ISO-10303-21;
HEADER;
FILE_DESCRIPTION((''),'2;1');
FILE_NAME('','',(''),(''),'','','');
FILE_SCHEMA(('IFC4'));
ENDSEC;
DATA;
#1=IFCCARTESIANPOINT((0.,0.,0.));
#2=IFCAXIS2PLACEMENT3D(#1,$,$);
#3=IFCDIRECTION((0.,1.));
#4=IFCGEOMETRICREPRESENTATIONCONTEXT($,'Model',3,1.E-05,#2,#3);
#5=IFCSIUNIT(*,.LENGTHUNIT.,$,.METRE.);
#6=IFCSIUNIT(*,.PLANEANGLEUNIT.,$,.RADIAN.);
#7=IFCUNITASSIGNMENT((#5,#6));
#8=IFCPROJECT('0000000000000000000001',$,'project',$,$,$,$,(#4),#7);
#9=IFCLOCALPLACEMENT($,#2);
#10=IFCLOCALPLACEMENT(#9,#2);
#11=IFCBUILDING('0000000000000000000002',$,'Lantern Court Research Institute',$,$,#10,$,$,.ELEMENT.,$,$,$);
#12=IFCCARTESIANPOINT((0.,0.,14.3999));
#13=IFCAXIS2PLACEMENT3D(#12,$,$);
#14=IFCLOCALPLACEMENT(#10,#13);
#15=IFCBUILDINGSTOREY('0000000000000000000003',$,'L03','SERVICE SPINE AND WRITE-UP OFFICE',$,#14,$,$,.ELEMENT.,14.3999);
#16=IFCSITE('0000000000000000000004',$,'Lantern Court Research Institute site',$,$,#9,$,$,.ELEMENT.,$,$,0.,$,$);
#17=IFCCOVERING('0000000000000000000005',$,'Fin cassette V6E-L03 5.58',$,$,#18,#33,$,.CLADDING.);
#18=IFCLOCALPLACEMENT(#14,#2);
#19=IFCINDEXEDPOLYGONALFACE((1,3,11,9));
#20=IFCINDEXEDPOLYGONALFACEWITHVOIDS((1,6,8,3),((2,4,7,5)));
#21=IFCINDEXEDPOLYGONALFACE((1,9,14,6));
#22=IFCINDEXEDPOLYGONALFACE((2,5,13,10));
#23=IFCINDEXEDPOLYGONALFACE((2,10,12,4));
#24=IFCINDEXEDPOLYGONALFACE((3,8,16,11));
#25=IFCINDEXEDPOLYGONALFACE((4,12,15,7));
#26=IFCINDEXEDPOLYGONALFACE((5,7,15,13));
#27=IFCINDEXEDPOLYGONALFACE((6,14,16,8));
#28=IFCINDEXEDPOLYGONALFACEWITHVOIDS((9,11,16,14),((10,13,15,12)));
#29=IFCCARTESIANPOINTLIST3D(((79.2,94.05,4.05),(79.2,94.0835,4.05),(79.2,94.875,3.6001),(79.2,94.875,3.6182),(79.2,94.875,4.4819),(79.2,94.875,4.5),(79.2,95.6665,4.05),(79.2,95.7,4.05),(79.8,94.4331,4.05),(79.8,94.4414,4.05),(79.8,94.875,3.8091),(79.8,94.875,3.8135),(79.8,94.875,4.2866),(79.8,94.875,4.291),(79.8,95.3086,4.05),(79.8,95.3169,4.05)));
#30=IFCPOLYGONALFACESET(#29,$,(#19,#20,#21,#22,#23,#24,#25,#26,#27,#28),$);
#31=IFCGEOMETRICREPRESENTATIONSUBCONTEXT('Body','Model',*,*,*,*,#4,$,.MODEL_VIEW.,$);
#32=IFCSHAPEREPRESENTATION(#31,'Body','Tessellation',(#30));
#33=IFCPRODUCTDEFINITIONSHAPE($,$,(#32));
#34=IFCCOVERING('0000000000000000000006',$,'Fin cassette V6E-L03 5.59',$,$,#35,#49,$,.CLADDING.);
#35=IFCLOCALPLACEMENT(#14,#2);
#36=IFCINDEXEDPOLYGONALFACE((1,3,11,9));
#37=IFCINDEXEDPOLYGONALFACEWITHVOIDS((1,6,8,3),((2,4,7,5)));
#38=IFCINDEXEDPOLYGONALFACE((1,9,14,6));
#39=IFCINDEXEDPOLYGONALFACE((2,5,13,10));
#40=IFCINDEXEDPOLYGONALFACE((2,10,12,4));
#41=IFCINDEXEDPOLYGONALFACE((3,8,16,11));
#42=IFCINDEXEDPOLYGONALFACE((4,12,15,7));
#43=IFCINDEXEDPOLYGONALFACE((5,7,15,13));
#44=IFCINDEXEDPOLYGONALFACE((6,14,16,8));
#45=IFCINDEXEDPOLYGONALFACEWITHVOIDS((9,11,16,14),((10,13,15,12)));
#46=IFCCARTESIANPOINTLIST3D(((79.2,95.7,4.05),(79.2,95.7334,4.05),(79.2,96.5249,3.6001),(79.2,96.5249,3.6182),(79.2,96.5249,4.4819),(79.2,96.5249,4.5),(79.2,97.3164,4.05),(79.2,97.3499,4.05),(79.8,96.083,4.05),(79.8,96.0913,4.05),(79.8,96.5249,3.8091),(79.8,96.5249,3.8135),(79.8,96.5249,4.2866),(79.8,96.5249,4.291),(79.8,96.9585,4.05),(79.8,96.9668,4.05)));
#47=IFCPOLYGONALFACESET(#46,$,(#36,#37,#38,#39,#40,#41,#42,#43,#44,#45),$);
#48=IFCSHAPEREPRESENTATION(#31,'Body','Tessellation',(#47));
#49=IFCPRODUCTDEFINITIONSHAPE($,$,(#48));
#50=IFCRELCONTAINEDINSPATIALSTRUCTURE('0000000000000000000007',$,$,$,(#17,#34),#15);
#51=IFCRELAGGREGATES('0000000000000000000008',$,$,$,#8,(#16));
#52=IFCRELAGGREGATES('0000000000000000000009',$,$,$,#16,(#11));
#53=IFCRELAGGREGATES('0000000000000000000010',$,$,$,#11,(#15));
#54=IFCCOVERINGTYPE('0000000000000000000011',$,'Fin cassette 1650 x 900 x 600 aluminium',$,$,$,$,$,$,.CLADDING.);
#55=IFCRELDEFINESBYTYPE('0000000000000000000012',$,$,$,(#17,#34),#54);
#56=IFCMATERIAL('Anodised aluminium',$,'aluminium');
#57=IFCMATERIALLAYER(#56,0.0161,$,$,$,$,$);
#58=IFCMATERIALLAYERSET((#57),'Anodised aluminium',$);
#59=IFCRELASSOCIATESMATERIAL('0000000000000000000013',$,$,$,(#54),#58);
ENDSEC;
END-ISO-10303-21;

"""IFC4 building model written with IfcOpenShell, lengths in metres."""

from ifc_helpers import new_model, entity, si_unit, direction, frame, origin, place, context, subcontext, project, spatial, material, layer, layer_set, type_object, element, save


model = new_model("IFC4")

# Units and contexts
model_context = context("Model", 3, precision=1e-05, world=origin(), true_north=direction((0.0, 1.0)))
body_context = subcontext(model_context, "Body", "Model", "MODEL_VIEW")
ifc_project = project(units=[si_unit("LENGTHUNIT", "METRE"), si_unit("PLANEANGLEUNIT", "RADIAN")], contexts=[model_context])

# Site, building, storey
site_placement = place(None, origin())
site = spatial("IfcSite", under=ifc_project, at=site_placement, Name="Lantern Court Research Institute site", CompositionType="ELEMENT", RefElevation=0.0)
building_placement = place(site_placement, origin())
building = spatial("IfcBuilding", under=site, at=building_placement, Name="Lantern Court Research Institute", CompositionType="ELEMENT")
storey_placement = place(building_placement, frame((0.0, 0.0, 14.3999)))
storey = spatial("IfcBuildingStorey", under=building, at=storey_placement, Name="L03", Description="SERVICE SPINE AND WRITE-UP OFFICE", CompositionType="ELEMENT", Elevation=14.3999)

# Coverings
ifc_material_1 = material(Name="Anodised aluminium", Category="aluminium")
ifc_layer_1 = layer(ifc_material_1, 0.0161)
ifc_layer_set_1 = layer_set([ifc_layer_1], Name="Anodised aluminium")
covering_type_1 = type_object("IfcCoveringType", Name="Fin cassette 1650 x 900 x 600 aluminium", PredefinedType="CLADDING", material=ifc_layer_set_1)
covering_1_placement = place(storey_placement, frame((79.2, 94.875, 4.05), z_axis=(1.0, 0.0, 0.0), x_axis=(0.0, 1.0, 0.0)))
cartesian_point_1 = entity("IfcCartesianPoint", [0.825, 0.0])
cartesian_point_2 = entity("IfcCartesianPoint", [0.7915, 0.0])
cartesian_point_3 = entity("IfcCartesianPoint", [0.4419, 0.0])
cartesian_point_4 = entity("IfcCartesianPoint", [0.4336, 0.0])
element("IfcCovering", 1, at=covering_1_placement, inside=storey, type_object=covering_type_1, Name="Fin cassette V6E-L03 5.58", PredefinedType="CLADDING", context=body_context, shape_type="SweptSolid", body=[
    entity("IfcExtrudedAreaSolidTapered", entity("IfcArbitraryProfileDefWithVoids", "AREA", None, entity("IfcPolyline", [cartesian_point_1, entity("IfcCartesianPoint", [0.0, 0.45]), entity("IfcCartesianPoint", [-0.825, 0.0]), entity("IfcCartesianPoint", [0.0, -0.45]), cartesian_point_1]), [entity("IfcPolyline", [cartesian_point_2, entity("IfcCartesianPoint", [0.0, 0.4319]), entity("IfcCartesianPoint", [-0.7915, 0.0]), entity("IfcCartesianPoint", [0.0, -0.4319]), cartesian_point_2])]), entity("IfcAxis2Placement3D", entity("IfcCartesianPoint", [0.0, 0.0, 0.0])), entity("IfcDirection", [0.0, 0.0, 1.0]), 0.6001, entity("IfcArbitraryProfileDefWithVoids", "AREA", None, entity("IfcPolyline", [cartesian_point_3, entity("IfcCartesianPoint", [0.0, 0.241]), entity("IfcCartesianPoint", [-0.4419, 0.0]), entity("IfcCartesianPoint", [0.0, -0.241]), cartesian_point_3]), [entity("IfcPolyline", [cartesian_point_4, entity("IfcCartesianPoint", [0.0, 0.2366]), entity("IfcCartesianPoint", [-0.4336, 0.0]), entity("IfcCartesianPoint", [0.0, -0.2366]), cartesian_point_4])])),
])
covering_2_placement = place(storey_placement, frame((79.2, 96.5249, 4.05), z_axis=(1.0, 0.0, 0.0), x_axis=(0.0, 1.0, 0.0)))
cartesian_point_5 = entity("IfcCartesianPoint", [0.825, 0.0])
cartesian_point_6 = entity("IfcCartesianPoint", [0.7915, 0.0])
cartesian_point_7 = entity("IfcCartesianPoint", [0.4419, 0.0])
cartesian_point_8 = entity("IfcCartesianPoint", [0.4336, 0.0])
element("IfcCovering", 2, at=covering_2_placement, inside=storey, type_object=covering_type_1, Name="Fin cassette V6E-L03 5.59", PredefinedType="CLADDING", context=body_context, shape_type="SweptSolid", body=[
    entity("IfcExtrudedAreaSolidTapered", entity("IfcArbitraryProfileDefWithVoids", "AREA", None, entity("IfcPolyline", [cartesian_point_5, entity("IfcCartesianPoint", [0.0, 0.45]), entity("IfcCartesianPoint", [-0.825, 0.0]), entity("IfcCartesianPoint", [0.0, -0.45]), cartesian_point_5]), [entity("IfcPolyline", [cartesian_point_6, entity("IfcCartesianPoint", [0.0, 0.4319]), entity("IfcCartesianPoint", [-0.7915, 0.0]), entity("IfcCartesianPoint", [0.0, -0.4319]), cartesian_point_6])]), entity("IfcAxis2Placement3D", entity("IfcCartesianPoint", [0.0, 0.0, 0.0])), entity("IfcDirection", [0.0, 0.0, 1.0]), 0.6001, entity("IfcArbitraryProfileDefWithVoids", "AREA", None, entity("IfcPolyline", [cartesian_point_7, entity("IfcCartesianPoint", [0.0, 0.241]), entity("IfcCartesianPoint", [-0.4419, 0.0]), entity("IfcCartesianPoint", [0.0, -0.241]), cartesian_point_7]), [entity("IfcPolyline", [cartesian_point_8, entity("IfcCartesianPoint", [0.0, 0.2366]), entity("IfcCartesianPoint", [-0.4336, 0.0]), entity("IfcCartesianPoint", [0.0, -0.2366]), cartesian_point_8])])),
])

save(model, "model.ifc")
